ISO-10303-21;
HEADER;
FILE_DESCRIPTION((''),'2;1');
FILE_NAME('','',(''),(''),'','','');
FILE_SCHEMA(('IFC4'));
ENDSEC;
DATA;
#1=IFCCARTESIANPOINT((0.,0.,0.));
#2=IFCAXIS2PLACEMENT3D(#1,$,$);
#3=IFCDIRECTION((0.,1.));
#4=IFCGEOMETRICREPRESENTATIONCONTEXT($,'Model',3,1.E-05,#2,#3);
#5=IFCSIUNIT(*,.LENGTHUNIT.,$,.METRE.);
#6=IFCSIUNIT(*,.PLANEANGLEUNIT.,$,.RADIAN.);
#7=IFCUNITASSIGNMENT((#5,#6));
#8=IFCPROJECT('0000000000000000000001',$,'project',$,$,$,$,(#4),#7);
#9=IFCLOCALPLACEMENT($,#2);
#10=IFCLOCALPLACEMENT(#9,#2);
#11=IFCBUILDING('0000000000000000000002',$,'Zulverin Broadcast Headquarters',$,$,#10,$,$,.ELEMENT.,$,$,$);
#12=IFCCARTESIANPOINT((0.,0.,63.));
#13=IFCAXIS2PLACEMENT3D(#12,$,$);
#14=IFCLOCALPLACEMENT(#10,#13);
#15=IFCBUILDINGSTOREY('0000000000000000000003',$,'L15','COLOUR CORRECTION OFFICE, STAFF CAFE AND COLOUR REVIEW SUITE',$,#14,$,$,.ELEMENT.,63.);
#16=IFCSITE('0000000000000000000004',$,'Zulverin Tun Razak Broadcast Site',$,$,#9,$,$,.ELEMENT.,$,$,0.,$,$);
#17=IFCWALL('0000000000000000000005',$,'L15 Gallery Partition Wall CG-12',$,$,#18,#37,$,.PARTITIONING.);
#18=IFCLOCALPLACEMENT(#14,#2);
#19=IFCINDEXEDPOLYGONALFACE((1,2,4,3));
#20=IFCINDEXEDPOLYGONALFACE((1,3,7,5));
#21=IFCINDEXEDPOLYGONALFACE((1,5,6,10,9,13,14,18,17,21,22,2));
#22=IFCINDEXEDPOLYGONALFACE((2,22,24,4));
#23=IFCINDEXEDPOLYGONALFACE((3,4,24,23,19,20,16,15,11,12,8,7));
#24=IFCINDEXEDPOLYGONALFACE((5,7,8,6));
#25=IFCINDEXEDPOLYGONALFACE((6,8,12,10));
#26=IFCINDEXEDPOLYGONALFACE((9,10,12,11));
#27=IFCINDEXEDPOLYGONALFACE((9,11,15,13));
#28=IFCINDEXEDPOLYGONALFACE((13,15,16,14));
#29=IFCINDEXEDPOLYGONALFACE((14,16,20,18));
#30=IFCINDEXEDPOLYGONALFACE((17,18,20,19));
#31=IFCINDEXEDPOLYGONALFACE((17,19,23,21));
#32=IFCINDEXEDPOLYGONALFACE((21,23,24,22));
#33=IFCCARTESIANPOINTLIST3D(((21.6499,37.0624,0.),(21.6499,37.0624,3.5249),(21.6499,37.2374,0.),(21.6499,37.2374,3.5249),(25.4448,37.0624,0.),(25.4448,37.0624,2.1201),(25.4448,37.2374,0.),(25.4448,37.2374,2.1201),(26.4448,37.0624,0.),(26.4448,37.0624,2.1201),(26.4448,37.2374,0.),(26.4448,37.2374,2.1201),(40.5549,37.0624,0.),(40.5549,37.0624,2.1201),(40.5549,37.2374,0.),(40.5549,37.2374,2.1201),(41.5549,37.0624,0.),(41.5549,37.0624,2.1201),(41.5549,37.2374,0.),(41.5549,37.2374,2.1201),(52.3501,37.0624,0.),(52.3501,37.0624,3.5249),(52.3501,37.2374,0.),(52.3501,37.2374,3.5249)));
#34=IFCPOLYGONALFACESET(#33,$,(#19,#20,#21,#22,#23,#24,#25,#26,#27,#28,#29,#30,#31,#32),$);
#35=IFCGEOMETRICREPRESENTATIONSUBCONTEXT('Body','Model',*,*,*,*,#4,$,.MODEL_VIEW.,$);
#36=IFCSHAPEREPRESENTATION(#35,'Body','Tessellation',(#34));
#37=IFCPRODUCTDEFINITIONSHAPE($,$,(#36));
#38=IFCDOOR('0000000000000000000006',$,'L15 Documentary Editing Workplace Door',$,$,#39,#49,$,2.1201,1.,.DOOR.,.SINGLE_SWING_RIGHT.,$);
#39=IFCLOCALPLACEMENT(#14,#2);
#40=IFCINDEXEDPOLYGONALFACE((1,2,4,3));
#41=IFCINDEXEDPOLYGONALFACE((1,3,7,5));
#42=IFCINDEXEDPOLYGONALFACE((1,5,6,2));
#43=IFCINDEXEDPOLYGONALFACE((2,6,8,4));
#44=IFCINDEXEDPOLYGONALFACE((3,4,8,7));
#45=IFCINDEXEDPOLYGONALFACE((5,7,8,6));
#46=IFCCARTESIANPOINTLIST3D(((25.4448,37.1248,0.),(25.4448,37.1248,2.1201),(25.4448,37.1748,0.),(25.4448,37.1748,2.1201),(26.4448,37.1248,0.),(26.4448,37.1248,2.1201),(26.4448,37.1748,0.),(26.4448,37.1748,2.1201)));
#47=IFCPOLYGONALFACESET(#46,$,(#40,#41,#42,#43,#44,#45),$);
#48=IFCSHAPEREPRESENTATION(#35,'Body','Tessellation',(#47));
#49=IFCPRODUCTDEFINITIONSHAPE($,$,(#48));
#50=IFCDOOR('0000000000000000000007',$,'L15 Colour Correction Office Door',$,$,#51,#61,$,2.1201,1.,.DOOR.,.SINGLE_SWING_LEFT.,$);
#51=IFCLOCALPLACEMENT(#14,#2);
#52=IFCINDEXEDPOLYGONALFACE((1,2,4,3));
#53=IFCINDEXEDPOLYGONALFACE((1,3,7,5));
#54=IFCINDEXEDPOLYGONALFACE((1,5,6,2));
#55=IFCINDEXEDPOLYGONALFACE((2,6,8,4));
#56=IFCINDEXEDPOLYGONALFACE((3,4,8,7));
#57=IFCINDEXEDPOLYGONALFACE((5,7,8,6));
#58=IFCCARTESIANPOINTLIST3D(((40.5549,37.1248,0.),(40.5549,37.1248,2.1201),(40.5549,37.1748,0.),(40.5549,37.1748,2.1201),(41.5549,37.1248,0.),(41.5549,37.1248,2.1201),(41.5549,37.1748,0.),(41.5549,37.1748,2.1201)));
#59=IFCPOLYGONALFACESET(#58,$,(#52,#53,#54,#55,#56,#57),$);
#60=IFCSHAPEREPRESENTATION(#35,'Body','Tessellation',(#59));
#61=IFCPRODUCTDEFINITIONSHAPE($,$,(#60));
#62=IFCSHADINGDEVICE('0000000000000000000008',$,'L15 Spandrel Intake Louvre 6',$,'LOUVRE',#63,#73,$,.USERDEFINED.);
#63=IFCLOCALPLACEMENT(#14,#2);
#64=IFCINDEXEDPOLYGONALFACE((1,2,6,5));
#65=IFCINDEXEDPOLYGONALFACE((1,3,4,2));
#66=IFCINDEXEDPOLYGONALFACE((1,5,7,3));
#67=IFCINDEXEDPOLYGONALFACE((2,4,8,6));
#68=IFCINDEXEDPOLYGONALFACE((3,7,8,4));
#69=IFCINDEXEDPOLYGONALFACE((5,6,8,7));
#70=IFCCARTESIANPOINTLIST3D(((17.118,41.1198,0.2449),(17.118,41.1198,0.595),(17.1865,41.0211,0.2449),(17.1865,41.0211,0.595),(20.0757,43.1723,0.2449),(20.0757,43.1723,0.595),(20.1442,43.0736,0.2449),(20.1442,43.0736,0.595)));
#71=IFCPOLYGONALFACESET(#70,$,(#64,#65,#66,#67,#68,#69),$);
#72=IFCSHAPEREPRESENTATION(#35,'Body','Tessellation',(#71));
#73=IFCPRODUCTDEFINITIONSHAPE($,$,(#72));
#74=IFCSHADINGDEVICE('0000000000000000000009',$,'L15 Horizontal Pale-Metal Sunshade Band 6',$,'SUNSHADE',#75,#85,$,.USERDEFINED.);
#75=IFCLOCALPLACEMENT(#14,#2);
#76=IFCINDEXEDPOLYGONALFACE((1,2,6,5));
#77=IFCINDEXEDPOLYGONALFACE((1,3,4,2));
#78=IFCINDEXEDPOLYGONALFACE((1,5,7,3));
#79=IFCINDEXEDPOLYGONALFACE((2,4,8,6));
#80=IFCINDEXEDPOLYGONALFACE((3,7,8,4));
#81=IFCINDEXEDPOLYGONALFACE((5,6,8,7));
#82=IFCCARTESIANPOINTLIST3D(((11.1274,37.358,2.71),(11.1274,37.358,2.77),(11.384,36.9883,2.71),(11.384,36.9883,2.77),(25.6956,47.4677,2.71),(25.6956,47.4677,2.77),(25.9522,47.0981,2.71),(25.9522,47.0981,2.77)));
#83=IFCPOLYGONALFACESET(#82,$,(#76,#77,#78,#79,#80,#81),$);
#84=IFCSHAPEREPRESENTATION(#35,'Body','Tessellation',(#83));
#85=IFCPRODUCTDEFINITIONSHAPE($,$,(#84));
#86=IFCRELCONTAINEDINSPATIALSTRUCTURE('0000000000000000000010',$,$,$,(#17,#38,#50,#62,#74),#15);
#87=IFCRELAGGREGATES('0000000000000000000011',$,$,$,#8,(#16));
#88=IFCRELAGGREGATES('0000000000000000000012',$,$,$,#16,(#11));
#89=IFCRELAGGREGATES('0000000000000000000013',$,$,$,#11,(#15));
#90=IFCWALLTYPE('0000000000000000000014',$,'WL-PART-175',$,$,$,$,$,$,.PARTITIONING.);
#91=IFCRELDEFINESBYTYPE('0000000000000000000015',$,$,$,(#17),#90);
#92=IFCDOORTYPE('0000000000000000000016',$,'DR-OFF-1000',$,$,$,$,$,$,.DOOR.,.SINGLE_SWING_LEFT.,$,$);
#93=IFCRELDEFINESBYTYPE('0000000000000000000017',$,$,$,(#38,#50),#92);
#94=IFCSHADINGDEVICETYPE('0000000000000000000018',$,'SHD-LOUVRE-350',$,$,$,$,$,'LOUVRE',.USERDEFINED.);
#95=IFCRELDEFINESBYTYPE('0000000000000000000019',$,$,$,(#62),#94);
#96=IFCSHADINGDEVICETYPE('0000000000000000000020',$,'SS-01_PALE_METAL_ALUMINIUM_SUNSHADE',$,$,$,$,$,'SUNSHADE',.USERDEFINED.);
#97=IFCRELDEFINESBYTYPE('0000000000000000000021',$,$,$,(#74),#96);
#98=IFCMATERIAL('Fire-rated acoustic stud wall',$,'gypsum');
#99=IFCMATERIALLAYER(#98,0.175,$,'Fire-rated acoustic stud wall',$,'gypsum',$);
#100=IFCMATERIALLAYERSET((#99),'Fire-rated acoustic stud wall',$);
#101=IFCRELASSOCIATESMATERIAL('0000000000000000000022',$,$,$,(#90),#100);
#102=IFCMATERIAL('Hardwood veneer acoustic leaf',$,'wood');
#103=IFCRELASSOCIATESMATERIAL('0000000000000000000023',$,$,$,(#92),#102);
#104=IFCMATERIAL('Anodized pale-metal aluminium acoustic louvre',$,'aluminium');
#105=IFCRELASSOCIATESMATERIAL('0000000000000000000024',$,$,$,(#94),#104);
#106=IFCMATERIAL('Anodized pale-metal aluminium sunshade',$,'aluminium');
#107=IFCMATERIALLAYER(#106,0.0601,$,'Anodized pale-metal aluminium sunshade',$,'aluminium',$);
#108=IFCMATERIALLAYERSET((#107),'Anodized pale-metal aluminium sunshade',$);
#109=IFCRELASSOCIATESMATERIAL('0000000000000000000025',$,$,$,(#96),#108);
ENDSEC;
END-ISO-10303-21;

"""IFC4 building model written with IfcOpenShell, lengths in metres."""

from ifc_helpers import new_model, si_unit, direction, frame, frame_2d, origin, origin_2d, place, context, subcontext, project, spatial, rectangle, extrude, material, layer, layer_set, type_object, element, fill, save


model = new_model("IFC4")

# Units and contexts
model_context = context("Model", 3, precision=1e-05, world=origin(), true_north=direction((0.0, 1.0)))
body_context = subcontext(model_context, "Body", "Model", "MODEL_VIEW")
ifc_project = project(units=[si_unit("LENGTHUNIT", "METRE"), si_unit("PLANEANGLEUNIT", "RADIAN")], contexts=[model_context])

# Site, building, storey
site_placement = place(None, origin())
site = spatial("IfcSite", under=ifc_project, at=site_placement, Name="Zulverin Tun Razak Broadcast Site", CompositionType="ELEMENT", RefElevation=0.0)
building_placement = place(site_placement, origin())
building = spatial("IfcBuilding", under=site, at=building_placement, Name="Zulverin Broadcast Headquarters", CompositionType="ELEMENT")
storey_placement = place(building_placement, frame((0.0, 0.0, 63.0)))
storey = spatial("IfcBuildingStorey", under=building, at=storey_placement, Name="L15", Description="COLOUR CORRECTION OFFICE, STAFF CAFE AND COLOUR REVIEW SUITE", CompositionType="ELEMENT", Elevation=63.0)

# Wall, openings, doors
ifc_material_1 = material(Name="Fire-rated acoustic stud wall", Category="gypsum")
ifc_layer_1 = layer(ifc_material_1, 0.175, Name="Fire-rated acoustic stud wall", Category="gypsum")
ifc_layer_set_1 = layer_set([ifc_layer_1], Name="Fire-rated acoustic stud wall")
wall_type_1 = type_object("IfcWallType", Name="WL-PART-175", PredefinedType="PARTITIONING", material=ifc_layer_set_1)
wall_1_placement = place(storey_placement, frame((21.6499, 37.1499, 0.0), z_axis=(0.0, 0.0, 1.0), x_axis=(1.0, 0.0, 0.0)))
wall_1 = element("IfcWall", 1, at=wall_1_placement, inside=storey, type_object=wall_type_1, Name="L15 Gallery Partition Wall CG-12", PredefinedType="PARTITIONING", context=body_context, shape_type="SweptSolid", body=[
    extrude(rectangle(XDim=30.7002, YDim=0.175, at=frame_2d((15.3501, 0.0))), origin(), (0.0, 0.0, 1.0), 3.5249),
])
opening_1_placement = place(wall_1_placement, frame((3.7949, 0.0, 0.0)))
opening_1 = element("IfcOpeningElement", 2, at=opening_1_placement, cuts=wall_1, PredefinedType="OPENING", context=body_context, shape_type="SweptSolid", body=[
    extrude(rectangle(XDim=1.0, YDim=2.1201, at=frame_2d((0.5, 1.0601))), frame((0.0, 0.0974, 0.0), z_axis=(0.0, -1.0, 0.0), x_axis=(1.0, 0.0, 0.0)), (0.0, 0.0, 1.0), 0.1951),
])
opening_2_placement = place(wall_1_placement, frame((18.905, 0.0, 0.0)))
opening_2 = element("IfcOpeningElement", 3, at=opening_2_placement, cuts=wall_1, PredefinedType="OPENING", context=body_context, shape_type="SweptSolid", body=[
    extrude(rectangle(XDim=1.0, YDim=2.1201, at=frame_2d((0.5, 1.0601))), frame((0.0, 0.0974, 0.0), z_axis=(0.0, -1.0, 0.0), x_axis=(1.0, 0.0, 0.0)), (0.0, 0.0, 1.0), 0.1951),
])
ifc_material_2 = material(Name="Hardwood veneer acoustic leaf", Category="wood")
door_type_1 = type_object("IfcDoorType", Name="DR-OFF-1000", OperationType="SINGLE_SWING_LEFT", PredefinedType="DOOR", material=ifc_material_2)
door_1_placement = place(opening_1_placement, origin())
door_1 = element("IfcDoor", 4, at=door_1_placement, inside=storey, type_object=door_type_1, Name="L15 Documentary Editing Workplace Door", OperationType="SINGLE_SWING_RIGHT", OverallHeight=2.1201, OverallWidth=1.0, PredefinedType="DOOR", context=body_context, shape_type="SweptSolid", body=[
    extrude(rectangle(XDim=1.0, YDim=2.1201, at=frame_2d((0.5, 1.0601))), frame((0.0, 0.0249, 0.0), z_axis=(0.0, -1.0, 0.0), x_axis=(1.0, 0.0, 0.0)), (0.0, 0.0, 1.0), 0.05),
])
fill(opening_1, door_1)
door_2_placement = place(opening_2_placement, origin())
door_2 = element("IfcDoor", 5, at=door_2_placement, inside=storey, type_object=door_type_1, Name="L15 Colour Correction Office Door", OperationType="SINGLE_SWING_LEFT", OverallHeight=2.1201, OverallWidth=1.0, PredefinedType="DOOR", context=body_context, shape_type="SweptSolid", body=[
    extrude(rectangle(XDim=1.0, YDim=2.1201, at=frame_2d((0.5, 1.0601))), frame((0.0, 0.0249, 0.0), z_axis=(0.0, -1.0, 0.0), x_axis=(1.0, 0.0, 0.0)), (0.0, 0.0, 1.0), 0.05),
])
fill(opening_2, door_2)

# Shading devices
ifc_material_3 = material(Name="Anodized pale-metal aluminium acoustic louvre", Category="aluminium")
shading_device_type_1 = type_object("IfcShadingDeviceType", Name="SHD-LOUVRE-350", ElementType="LOUVRE", PredefinedType="USERDEFINED", material=ifc_material_3)
shading_device_1_placement = place(storey_placement, frame((18.6311, 42.0967, 0.2449), z_axis=(0.0, 0.0, 1.0), x_axis=(-0.821556, -0.570127, 0.0)))
element("IfcShadingDevice", 6, at=shading_device_1_placement, inside=storey, type_object=shading_device_type_1, Name="L15 Spandrel Intake Louvre 6", ObjectType="LOUVRE", PredefinedType="USERDEFINED", context=body_context, shape_type="SweptSolid", body=[
    extrude(rectangle(XDim=3.6001, YDim=0.1201, at=origin_2d()), origin(), (0.0, 0.0, 1.0), 0.3501),
])
ifc_material_4 = material(Name="Anodized pale-metal aluminium sunshade", Category="aluminium")
ifc_layer_2 = layer(ifc_material_4, 0.0601, Name="Anodized pale-metal aluminium sunshade", Category="aluminium")
ifc_layer_set_2 = layer_set([ifc_layer_2], Name="Anodized pale-metal aluminium sunshade")
shading_device_type_2 = type_object("IfcShadingDeviceType", Name="SS-01_PALE_METAL_ALUMINIUM_SUNSHADE", ElementType="SUNSHADE", PredefinedType="USERDEFINED", material=ifc_layer_set_2)
shading_device_2_placement = place(storey_placement, frame((18.5398, 42.228, 2.71), z_axis=(0.0, 0.0, 1.0), x_axis=(-0.821556, -0.570127, 0.0)))
element("IfcShadingDevice", 7, at=shading_device_2_placement, inside=storey, type_object=shading_device_type_2, Name="L15 Horizontal Pale-Metal Sunshade Band 6", ObjectType="SUNSHADE", PredefinedType="USERDEFINED", context=body_context, shape_type="SweptSolid", body=[
    extrude(rectangle(XDim=17.7324, YDim=0.45, at=origin_2d()), origin(), (0.0, 0.0, 1.0), 0.0601),
])

save(model, "model.ifc")
